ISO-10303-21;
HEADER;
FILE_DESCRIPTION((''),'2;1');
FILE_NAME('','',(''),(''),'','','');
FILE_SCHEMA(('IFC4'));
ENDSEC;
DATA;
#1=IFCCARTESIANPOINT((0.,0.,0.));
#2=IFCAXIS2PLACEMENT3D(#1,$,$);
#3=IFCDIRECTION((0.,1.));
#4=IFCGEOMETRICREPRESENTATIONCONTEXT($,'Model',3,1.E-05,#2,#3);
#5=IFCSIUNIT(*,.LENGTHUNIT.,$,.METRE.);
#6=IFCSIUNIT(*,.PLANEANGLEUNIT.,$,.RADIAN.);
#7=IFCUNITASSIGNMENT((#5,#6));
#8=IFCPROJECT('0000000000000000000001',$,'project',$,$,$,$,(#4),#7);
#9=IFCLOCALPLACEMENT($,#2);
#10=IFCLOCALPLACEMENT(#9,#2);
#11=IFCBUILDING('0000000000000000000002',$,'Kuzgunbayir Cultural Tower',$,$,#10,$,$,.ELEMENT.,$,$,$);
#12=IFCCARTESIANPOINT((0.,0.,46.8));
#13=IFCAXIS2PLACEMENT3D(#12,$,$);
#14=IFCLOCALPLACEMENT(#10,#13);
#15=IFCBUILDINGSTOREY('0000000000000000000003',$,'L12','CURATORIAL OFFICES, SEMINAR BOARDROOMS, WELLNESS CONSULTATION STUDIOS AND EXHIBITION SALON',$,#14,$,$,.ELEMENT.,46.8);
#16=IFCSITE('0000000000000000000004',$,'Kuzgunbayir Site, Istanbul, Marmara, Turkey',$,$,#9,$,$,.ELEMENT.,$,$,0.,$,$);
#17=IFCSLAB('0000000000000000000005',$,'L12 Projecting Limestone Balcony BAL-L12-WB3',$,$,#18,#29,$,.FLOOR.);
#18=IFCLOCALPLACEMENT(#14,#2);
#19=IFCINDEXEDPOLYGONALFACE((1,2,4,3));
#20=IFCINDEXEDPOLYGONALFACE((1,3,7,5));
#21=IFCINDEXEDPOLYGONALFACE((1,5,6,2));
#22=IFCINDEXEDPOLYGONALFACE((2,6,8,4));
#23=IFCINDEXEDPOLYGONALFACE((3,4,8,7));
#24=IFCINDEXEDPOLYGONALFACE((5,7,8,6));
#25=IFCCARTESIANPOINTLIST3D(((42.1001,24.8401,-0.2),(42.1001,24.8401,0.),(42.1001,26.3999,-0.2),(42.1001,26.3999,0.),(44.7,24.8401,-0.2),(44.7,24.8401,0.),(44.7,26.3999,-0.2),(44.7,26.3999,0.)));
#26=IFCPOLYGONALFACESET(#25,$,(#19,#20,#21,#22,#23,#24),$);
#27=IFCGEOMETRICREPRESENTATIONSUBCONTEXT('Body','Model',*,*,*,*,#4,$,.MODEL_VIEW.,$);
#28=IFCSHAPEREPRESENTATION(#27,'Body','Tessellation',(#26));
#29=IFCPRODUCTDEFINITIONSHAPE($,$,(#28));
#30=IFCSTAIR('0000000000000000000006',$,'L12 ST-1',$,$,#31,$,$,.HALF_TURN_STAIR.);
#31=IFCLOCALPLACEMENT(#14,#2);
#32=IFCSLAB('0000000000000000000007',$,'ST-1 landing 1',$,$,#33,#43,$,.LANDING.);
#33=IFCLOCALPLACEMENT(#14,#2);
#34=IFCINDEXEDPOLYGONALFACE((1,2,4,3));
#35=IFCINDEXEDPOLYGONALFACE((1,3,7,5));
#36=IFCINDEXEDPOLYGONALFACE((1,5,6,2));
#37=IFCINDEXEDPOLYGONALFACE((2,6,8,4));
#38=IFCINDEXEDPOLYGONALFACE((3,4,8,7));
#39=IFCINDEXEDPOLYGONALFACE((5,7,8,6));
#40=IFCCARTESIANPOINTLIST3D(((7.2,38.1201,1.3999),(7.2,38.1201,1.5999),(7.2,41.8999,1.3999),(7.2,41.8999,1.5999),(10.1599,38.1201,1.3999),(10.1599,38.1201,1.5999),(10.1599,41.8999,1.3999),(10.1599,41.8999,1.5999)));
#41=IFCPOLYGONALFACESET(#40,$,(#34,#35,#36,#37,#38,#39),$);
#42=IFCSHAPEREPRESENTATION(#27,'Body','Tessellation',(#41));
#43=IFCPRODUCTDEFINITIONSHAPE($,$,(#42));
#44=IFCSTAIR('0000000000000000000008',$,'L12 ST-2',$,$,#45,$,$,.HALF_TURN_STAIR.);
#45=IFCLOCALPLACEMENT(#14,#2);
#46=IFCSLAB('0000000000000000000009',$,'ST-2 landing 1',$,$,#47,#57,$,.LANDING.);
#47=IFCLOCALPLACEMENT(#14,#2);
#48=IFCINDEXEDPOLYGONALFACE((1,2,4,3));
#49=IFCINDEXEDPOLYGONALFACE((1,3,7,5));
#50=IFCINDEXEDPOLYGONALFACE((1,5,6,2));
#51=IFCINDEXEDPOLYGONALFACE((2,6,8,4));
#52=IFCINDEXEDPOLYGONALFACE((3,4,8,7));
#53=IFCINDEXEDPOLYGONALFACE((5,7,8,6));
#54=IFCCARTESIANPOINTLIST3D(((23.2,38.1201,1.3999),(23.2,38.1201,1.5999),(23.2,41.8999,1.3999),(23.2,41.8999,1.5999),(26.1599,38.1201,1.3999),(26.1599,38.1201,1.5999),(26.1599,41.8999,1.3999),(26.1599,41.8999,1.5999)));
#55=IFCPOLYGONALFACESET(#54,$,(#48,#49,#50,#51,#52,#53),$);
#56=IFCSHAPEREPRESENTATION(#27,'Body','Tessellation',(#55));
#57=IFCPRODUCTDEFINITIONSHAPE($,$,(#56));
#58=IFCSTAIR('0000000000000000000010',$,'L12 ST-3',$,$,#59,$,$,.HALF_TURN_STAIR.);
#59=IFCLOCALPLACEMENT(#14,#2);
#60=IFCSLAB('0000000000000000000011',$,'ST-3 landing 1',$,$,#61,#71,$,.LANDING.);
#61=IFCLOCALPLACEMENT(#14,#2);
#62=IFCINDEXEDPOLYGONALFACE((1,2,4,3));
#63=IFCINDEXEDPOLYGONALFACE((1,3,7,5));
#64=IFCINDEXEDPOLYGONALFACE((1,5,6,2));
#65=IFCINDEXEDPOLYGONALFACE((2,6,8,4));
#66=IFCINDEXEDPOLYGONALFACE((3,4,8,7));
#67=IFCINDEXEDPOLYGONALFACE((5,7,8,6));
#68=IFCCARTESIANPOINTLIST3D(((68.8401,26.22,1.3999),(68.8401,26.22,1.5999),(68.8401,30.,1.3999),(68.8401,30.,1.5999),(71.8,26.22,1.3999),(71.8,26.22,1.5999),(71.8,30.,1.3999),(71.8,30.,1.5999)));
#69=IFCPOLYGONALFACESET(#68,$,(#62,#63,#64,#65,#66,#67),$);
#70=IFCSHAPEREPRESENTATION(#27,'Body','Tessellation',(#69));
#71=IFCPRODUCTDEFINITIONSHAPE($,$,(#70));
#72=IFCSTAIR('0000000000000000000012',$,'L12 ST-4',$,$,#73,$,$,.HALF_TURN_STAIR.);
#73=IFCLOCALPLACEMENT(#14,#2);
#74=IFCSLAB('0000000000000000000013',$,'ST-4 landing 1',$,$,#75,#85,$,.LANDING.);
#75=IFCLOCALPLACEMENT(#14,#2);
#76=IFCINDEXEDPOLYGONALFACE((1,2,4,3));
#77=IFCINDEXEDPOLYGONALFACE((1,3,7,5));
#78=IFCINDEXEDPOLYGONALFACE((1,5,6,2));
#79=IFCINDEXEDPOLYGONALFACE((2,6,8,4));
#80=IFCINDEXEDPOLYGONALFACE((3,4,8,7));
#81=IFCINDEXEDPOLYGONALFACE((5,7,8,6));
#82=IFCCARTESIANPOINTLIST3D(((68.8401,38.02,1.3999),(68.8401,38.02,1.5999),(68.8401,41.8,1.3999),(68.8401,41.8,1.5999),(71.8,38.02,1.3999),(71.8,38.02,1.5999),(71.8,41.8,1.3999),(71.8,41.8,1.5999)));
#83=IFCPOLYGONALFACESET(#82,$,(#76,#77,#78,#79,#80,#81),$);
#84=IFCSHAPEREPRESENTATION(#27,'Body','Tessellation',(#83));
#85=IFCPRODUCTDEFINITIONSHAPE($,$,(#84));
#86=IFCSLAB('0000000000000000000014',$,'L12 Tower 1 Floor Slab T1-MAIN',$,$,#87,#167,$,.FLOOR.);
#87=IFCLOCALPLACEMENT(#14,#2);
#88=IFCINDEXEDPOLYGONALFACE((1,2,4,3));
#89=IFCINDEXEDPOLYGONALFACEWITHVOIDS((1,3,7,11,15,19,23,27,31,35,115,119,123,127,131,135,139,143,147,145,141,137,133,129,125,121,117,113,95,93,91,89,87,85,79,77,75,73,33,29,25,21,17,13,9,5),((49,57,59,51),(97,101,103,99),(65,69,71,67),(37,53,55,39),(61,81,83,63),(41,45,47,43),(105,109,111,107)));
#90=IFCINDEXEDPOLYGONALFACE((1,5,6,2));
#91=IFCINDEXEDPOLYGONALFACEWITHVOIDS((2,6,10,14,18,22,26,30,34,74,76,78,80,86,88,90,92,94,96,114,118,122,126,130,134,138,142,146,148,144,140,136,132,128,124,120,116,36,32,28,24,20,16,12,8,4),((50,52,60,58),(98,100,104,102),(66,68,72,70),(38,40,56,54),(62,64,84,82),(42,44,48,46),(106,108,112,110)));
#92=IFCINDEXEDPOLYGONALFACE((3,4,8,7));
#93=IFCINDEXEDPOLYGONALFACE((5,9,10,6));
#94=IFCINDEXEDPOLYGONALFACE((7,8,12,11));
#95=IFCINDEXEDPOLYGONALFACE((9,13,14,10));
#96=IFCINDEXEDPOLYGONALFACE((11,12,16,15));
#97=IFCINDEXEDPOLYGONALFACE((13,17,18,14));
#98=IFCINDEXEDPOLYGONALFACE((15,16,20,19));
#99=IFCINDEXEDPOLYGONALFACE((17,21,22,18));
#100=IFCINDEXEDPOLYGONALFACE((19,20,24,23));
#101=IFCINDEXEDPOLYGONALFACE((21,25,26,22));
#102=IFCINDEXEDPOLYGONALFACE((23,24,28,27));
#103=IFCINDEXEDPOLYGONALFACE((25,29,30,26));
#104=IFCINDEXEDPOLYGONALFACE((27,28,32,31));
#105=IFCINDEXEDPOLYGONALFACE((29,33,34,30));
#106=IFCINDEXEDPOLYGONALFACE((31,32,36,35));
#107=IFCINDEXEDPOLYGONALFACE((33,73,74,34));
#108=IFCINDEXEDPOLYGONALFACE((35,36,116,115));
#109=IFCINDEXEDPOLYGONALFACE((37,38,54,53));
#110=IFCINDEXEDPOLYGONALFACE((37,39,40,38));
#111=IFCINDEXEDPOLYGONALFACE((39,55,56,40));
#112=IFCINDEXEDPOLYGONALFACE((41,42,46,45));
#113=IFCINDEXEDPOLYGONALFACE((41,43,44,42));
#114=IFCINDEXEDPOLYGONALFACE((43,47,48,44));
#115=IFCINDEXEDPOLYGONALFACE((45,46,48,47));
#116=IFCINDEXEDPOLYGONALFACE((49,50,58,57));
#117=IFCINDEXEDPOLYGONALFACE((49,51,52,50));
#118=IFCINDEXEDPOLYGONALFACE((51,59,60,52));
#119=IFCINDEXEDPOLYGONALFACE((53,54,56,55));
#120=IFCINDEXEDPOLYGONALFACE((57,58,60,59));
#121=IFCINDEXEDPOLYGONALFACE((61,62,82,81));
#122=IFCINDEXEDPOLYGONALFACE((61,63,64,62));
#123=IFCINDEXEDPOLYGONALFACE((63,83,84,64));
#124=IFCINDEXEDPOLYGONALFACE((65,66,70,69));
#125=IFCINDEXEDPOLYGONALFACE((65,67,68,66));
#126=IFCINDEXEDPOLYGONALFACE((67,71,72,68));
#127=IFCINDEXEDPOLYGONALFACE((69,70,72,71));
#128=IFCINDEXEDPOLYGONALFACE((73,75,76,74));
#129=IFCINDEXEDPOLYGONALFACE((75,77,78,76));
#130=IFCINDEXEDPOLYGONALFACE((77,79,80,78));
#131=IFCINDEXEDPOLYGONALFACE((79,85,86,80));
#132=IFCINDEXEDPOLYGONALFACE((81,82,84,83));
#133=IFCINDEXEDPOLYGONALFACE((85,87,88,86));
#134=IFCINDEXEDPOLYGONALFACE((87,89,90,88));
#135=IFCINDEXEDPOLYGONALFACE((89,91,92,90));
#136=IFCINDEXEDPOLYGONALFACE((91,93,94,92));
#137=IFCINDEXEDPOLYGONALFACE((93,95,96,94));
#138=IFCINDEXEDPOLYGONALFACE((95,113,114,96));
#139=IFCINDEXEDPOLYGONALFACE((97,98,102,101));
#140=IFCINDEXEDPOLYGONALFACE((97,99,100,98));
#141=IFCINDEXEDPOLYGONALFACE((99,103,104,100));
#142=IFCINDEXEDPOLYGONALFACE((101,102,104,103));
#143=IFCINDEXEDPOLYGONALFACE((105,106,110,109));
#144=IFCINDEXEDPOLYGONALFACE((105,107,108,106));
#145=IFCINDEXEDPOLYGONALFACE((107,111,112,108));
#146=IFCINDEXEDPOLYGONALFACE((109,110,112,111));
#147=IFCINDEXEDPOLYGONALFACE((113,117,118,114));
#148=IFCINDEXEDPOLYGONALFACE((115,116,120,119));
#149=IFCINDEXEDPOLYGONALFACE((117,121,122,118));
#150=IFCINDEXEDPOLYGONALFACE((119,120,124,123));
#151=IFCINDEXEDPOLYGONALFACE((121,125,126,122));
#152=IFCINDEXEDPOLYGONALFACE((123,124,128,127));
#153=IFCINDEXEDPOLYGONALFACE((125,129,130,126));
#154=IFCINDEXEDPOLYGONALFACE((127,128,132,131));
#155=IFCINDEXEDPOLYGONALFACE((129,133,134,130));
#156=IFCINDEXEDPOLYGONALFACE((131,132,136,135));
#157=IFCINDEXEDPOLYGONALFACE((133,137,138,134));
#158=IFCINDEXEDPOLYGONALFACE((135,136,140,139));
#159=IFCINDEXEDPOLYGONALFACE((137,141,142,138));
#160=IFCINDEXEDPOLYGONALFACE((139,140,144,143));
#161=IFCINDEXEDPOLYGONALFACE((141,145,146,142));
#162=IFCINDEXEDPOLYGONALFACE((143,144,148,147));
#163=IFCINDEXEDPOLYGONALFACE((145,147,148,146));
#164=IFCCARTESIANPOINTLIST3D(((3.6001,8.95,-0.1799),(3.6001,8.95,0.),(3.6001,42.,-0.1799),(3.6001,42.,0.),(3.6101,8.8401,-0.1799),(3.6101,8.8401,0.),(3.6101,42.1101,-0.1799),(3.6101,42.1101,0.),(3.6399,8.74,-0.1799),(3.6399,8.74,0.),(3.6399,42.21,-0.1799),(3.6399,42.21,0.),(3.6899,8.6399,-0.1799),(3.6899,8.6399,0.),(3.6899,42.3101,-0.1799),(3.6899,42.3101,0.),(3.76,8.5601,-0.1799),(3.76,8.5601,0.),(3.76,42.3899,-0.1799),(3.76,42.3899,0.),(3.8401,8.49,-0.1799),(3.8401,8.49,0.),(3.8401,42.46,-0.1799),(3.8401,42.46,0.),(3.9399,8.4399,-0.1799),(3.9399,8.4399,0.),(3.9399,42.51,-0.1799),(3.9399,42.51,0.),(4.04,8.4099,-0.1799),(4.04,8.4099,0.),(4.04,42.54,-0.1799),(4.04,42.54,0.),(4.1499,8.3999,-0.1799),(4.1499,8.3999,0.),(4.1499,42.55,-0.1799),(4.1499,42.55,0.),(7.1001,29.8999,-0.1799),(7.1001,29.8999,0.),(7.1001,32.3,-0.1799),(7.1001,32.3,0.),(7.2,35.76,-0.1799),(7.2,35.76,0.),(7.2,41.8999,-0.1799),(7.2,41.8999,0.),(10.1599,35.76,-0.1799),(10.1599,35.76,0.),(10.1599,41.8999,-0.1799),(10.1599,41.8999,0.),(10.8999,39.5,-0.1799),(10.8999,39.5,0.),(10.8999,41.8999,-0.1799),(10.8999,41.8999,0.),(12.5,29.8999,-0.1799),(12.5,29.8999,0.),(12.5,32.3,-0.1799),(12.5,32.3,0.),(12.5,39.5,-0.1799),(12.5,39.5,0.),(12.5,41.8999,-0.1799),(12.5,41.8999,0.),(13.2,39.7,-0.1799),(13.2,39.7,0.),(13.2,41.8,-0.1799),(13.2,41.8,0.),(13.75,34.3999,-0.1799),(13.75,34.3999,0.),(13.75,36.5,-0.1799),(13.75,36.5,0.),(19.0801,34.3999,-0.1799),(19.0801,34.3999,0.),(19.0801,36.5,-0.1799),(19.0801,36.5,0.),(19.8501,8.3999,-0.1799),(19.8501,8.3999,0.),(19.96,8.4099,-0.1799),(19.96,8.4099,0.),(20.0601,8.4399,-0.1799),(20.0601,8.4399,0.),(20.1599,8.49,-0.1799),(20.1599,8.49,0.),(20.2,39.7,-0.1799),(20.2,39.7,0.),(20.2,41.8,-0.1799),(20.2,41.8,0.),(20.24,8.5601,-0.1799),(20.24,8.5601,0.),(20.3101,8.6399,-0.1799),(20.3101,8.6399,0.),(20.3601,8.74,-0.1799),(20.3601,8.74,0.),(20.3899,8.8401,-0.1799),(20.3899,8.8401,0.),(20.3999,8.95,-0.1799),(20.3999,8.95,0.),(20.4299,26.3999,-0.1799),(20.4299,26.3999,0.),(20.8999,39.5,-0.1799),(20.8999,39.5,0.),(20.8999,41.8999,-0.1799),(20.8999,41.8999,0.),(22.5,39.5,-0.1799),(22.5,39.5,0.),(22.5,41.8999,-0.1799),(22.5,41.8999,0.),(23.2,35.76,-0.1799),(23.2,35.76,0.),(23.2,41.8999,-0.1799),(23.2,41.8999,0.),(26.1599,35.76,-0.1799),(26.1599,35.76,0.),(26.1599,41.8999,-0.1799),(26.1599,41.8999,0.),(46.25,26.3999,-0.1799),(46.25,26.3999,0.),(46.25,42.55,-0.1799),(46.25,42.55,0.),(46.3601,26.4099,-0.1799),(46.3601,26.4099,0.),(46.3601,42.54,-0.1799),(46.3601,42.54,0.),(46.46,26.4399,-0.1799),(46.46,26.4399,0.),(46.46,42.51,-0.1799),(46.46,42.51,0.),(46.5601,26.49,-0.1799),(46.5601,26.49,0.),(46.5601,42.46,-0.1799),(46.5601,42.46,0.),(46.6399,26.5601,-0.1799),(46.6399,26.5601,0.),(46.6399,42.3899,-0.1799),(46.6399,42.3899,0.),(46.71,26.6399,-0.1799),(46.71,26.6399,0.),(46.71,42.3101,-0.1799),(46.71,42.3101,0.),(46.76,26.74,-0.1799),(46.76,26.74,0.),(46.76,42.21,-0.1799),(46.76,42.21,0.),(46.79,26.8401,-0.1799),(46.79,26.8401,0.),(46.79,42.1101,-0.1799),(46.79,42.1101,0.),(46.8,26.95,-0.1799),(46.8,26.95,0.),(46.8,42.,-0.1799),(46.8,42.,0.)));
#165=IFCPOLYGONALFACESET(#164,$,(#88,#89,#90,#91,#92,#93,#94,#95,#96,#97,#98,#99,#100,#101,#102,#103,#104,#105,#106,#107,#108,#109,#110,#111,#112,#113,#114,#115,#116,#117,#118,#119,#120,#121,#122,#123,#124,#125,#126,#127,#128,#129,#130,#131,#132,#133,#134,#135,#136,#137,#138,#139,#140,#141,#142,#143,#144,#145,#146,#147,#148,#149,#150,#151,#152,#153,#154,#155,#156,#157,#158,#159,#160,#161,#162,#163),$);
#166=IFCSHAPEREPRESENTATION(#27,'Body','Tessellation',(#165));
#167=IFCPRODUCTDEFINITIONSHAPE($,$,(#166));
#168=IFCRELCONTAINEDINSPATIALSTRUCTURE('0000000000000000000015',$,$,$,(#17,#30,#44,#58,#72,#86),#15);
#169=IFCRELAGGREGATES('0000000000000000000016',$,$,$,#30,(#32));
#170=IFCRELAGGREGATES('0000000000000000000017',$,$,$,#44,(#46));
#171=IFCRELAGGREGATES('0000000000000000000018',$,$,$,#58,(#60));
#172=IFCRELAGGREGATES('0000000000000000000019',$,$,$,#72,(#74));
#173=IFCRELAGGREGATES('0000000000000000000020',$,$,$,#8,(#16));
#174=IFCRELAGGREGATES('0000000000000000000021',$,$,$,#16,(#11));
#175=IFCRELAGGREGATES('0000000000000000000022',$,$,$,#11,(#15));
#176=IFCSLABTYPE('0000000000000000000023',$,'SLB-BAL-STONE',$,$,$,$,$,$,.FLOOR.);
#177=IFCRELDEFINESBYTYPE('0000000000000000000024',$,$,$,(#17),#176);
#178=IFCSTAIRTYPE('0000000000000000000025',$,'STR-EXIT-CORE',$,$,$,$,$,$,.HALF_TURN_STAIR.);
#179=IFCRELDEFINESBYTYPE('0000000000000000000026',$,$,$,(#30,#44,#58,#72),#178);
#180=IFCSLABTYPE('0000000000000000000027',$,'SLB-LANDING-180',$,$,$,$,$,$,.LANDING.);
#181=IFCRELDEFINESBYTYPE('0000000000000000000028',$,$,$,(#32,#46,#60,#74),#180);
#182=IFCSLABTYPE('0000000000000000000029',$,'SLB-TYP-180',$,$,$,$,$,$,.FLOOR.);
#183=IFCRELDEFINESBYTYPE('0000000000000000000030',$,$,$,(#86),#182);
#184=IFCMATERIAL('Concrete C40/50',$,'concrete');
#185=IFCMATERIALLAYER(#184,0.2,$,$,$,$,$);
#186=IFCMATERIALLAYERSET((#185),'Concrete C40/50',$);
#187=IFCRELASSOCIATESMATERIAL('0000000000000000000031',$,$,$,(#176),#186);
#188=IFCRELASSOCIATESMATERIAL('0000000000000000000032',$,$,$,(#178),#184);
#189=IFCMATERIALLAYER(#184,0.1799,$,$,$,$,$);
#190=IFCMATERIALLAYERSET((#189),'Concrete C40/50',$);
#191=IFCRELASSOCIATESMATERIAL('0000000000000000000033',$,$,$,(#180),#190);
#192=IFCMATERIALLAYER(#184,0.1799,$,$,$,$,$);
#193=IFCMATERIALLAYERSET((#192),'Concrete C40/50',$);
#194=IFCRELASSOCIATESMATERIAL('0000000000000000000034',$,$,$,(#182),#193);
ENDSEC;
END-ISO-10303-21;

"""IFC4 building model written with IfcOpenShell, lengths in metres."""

from ifc_helpers import new_model, si_unit, direction, frame, origin, place, context, subcontext, project, spatial, polyline, outline, extrude, material, layer, layer_set, type_object, element, aggregate, save


model = new_model("IFC4")

# Units and contexts
model_context = context("Model", 3, precision=1e-05, world=origin(), true_north=direction((0.0, 1.0)))
body_context = subcontext(model_context, "Body", "Model", "MODEL_VIEW")
ifc_project = project(units=[si_unit("LENGTHUNIT", "METRE"), si_unit("PLANEANGLEUNIT", "RADIAN")], contexts=[model_context])

# Site, building, storey
site_placement = place(None, origin())
site = spatial("IfcSite", under=ifc_project, at=site_placement, Name="Kuzgunbayir Site, Istanbul, Marmara, Turkey", CompositionType="ELEMENT", RefElevation=0.0)
building_placement = place(site_placement, origin())
building = spatial("IfcBuilding", under=site, at=building_placement, Name="Kuzgunbayir Cultural Tower", CompositionType="ELEMENT")
storey_placement = place(building_placement, frame((0.0, 0.0, 46.8)))
storey = spatial("IfcBuildingStorey", under=building, at=storey_placement, Name="L12", Description="CURATORIAL OFFICES, SEMINAR BOARDROOMS, WELLNESS CONSULTATION STUDIOS AND EXHIBITION SALON", CompositionType="ELEMENT", Elevation=46.8)

# Slab
ifc_material_1 = material(Name="Concrete C40/50", Category="concrete")
ifc_layer_1 = layer(ifc_material_1, 0.2)
ifc_layer_set_1 = layer_set([ifc_layer_1], Name="Concrete C40/50")
slab_type_1 = type_object("IfcSlabType", Name="SLB-BAL-STONE", PredefinedType="FLOOR", material=ifc_layer_set_1)
slab_1_placement = place(storey_placement, frame((0.0, 0.0, -0.2)))
element("IfcSlab", 1, at=slab_1_placement, inside=storey, type_object=slab_type_1, Name="L12 Projecting Limestone Balcony BAL-L12-WB3", PredefinedType="FLOOR", context=body_context, shape_type="SweptSolid", body=[
    extrude(outline(polyline([(42.1001, 24.8401), (44.7, 24.8401), (44.7, 26.3999), (42.1001, 26.3999), (42.1001, 24.8401)])), origin(), (0.0, 0.0, 1.0), 0.2),
])

# Stairs, slabs
stair_type = type_object("IfcStairType", Name="STR-EXIT-CORE", PredefinedType="HALF_TURN_STAIR", material=ifc_material_1)
stair_1_placement = place(storey_placement, origin())
stair_1 = element("IfcStair", 2, at=stair_1_placement, inside=storey, type_object=stair_type, Name="L12 ST-1", PredefinedType="HALF_TURN_STAIR")
ifc_layer_2 = layer(ifc_material_1, 0.1799)
ifc_layer_set_2 = layer_set([ifc_layer_2], Name="Concrete C40/50")
slab_type_2 = type_object("IfcSlabType", Name="SLB-LANDING-180", PredefinedType="LANDING", material=ifc_layer_set_2)
slab_2_placement = place(storey_placement, frame((0.0, 0.0, 1.3999)))
slab_2 = element("IfcSlab", 3, at=slab_2_placement, type_object=slab_type_2, Name="ST-1 landing 1", PredefinedType="LANDING", context=body_context, shape_type="SweptSolid", body=[
    extrude(outline(polyline([(10.1599, 38.1201), (10.1599, 41.8999), (7.2, 41.8999), (7.2, 38.1201), (10.1599, 38.1201)])), origin(), (0.0, 0.0, 1.0), 0.2),
])
aggregate(stair_1, [slab_2])
stair_2_placement = place(storey_placement, origin())
stair_2 = element("IfcStair", 4, at=stair_2_placement, inside=storey, type_object=stair_type, Name="L12 ST-2", PredefinedType="HALF_TURN_STAIR")
slab_3_placement = place(storey_placement, frame((0.0, 0.0, 1.3999)))
slab_3 = element("IfcSlab", 5, at=slab_3_placement, type_object=slab_type_2, Name="ST-2 landing 1", PredefinedType="LANDING", context=body_context, shape_type="SweptSolid", body=[
    extrude(outline(polyline([(26.1599, 38.1201), (26.1599, 41.8999), (23.2, 41.8999), (23.2, 38.1201), (26.1599, 38.1201)])), origin(), (0.0, 0.0, 1.0), 0.2),
])
aggregate(stair_2, [slab_3])
stair_3_placement = place(storey_placement, origin())
stair_3 = element("IfcStair", 6, at=stair_3_placement, inside=storey, type_object=stair_type, Name="L12 ST-3", PredefinedType="HALF_TURN_STAIR")
slab_4_placement = place(storey_placement, frame((0.0, 0.0, 1.3999)))
slab_4 = element("IfcSlab", 7, at=slab_4_placement, type_object=slab_type_2, Name="ST-3 landing 1", PredefinedType="LANDING", context=body_context, shape_type="SweptSolid", body=[
    extrude(outline(polyline([(71.8, 26.22), (71.8, 30.0), (68.8401, 30.0), (68.8401, 26.22), (71.8, 26.22)])), origin(), (0.0, 0.0, 1.0), 0.2),
])
aggregate(stair_3, [slab_4])
stair_4_placement = place(storey_placement, origin())
stair_4 = element("IfcStair", 8, at=stair_4_placement, inside=storey, type_object=stair_type, Name="L12 ST-4", PredefinedType="HALF_TURN_STAIR")
slab_5_placement = place(storey_placement, frame((0.0, 0.0, 1.3999)))
slab_5 = element("IfcSlab", 9, at=slab_5_placement, type_object=slab_type_2, Name="ST-4 landing 1", PredefinedType="LANDING", context=body_context, shape_type="SweptSolid", body=[
    extrude(outline(polyline([(71.8, 38.02), (71.8, 41.8), (68.8401, 41.8), (68.8401, 38.02), (71.8, 38.02)])), origin(), (0.0, 0.0, 1.0), 0.2),
])
aggregate(stair_4, [slab_5])

# Slab
ifc_layer_3 = layer(ifc_material_1, 0.1799)
ifc_layer_set_3 = layer_set([ifc_layer_3], Name="Concrete C40/50")
slab_type_3 = type_object("IfcSlabType", Name="SLB-TYP-180", PredefinedType="FLOOR", material=ifc_layer_set_3)
slab_6_placement = place(storey_placement, frame((0.0, 0.0, -0.1799)))
element("IfcSlab", 10, at=slab_6_placement, inside=storey, type_object=slab_type_3, Name="L12 Tower 1 Floor Slab T1-MAIN", PredefinedType="FLOOR", context=body_context, shape_type="SweptSolid", body=[
    extrude(outline(polyline([(20.3999, 8.95), (20.3899, 8.8401), (20.3601, 8.74), (20.3101, 8.6399), (20.24, 8.5601), (20.1599, 8.49), (20.0601, 8.4399), (19.96, 8.4099), (19.8501, 8.3999), (4.1499, 8.3999), (4.04, 8.4099), (3.9399, 8.4399), (3.8401, 8.49), (3.76, 8.5601), (3.6899, 8.6399), (3.6399, 8.74), (3.6101, 8.8401), (3.6001, 8.95), (3.6001, 42.0), (3.6101, 42.1101), (3.6399, 42.21), (3.6899, 42.3101), (3.76, 42.3899), (3.8401, 42.46), (3.9399, 42.51), (4.04, 42.54), (4.1499, 42.55), (46.25, 42.55), (46.3601, 42.54), (46.46, 42.51), (46.5601, 42.46), (46.6399, 42.3899), (46.71, 42.3101), (46.76, 42.21), (46.79, 42.1101), (46.8, 42.0), (46.8, 26.95), (46.79, 26.8401), (46.76, 26.74), (46.71, 26.6399), (46.6399, 26.5601), (46.5601, 26.49), (46.46, 26.4399), (46.3601, 26.4099), (46.25, 26.3999), (20.4299, 26.3999), (20.3999, 8.95)]), holes=[polyline([(7.2, 35.76), (7.2, 41.8999), (10.1599, 41.8999), (10.1599, 35.76), (7.2, 35.76)]), polyline([(23.2, 35.76), (23.2, 41.8999), (26.1599, 41.8999), (26.1599, 35.76), (23.2, 35.76)]), polyline([(13.2, 39.7), (13.2, 41.8), (20.2, 41.8), (20.2, 39.7), (13.2, 39.7)]), polyline([(13.75, 34.3999), (13.75, 36.5), (19.0801, 36.5), (19.0801, 34.3999), (13.75, 34.3999)]), polyline([(7.1001, 29.8999), (7.1001, 32.3), (12.5, 32.3), (12.5, 29.8999), (7.1001, 29.8999)]), polyline([(10.8999, 39.5), (10.8999, 41.8999), (12.5, 41.8999), (12.5, 39.5), (10.8999, 39.5)]), polyline([(20.8999, 39.5), (20.8999, 41.8999), (22.5, 41.8999), (22.5, 39.5), (20.8999, 39.5)])]), origin(), (0.0, 0.0, 1.0), 0.1799),
])

save(model, "model.ifc")
